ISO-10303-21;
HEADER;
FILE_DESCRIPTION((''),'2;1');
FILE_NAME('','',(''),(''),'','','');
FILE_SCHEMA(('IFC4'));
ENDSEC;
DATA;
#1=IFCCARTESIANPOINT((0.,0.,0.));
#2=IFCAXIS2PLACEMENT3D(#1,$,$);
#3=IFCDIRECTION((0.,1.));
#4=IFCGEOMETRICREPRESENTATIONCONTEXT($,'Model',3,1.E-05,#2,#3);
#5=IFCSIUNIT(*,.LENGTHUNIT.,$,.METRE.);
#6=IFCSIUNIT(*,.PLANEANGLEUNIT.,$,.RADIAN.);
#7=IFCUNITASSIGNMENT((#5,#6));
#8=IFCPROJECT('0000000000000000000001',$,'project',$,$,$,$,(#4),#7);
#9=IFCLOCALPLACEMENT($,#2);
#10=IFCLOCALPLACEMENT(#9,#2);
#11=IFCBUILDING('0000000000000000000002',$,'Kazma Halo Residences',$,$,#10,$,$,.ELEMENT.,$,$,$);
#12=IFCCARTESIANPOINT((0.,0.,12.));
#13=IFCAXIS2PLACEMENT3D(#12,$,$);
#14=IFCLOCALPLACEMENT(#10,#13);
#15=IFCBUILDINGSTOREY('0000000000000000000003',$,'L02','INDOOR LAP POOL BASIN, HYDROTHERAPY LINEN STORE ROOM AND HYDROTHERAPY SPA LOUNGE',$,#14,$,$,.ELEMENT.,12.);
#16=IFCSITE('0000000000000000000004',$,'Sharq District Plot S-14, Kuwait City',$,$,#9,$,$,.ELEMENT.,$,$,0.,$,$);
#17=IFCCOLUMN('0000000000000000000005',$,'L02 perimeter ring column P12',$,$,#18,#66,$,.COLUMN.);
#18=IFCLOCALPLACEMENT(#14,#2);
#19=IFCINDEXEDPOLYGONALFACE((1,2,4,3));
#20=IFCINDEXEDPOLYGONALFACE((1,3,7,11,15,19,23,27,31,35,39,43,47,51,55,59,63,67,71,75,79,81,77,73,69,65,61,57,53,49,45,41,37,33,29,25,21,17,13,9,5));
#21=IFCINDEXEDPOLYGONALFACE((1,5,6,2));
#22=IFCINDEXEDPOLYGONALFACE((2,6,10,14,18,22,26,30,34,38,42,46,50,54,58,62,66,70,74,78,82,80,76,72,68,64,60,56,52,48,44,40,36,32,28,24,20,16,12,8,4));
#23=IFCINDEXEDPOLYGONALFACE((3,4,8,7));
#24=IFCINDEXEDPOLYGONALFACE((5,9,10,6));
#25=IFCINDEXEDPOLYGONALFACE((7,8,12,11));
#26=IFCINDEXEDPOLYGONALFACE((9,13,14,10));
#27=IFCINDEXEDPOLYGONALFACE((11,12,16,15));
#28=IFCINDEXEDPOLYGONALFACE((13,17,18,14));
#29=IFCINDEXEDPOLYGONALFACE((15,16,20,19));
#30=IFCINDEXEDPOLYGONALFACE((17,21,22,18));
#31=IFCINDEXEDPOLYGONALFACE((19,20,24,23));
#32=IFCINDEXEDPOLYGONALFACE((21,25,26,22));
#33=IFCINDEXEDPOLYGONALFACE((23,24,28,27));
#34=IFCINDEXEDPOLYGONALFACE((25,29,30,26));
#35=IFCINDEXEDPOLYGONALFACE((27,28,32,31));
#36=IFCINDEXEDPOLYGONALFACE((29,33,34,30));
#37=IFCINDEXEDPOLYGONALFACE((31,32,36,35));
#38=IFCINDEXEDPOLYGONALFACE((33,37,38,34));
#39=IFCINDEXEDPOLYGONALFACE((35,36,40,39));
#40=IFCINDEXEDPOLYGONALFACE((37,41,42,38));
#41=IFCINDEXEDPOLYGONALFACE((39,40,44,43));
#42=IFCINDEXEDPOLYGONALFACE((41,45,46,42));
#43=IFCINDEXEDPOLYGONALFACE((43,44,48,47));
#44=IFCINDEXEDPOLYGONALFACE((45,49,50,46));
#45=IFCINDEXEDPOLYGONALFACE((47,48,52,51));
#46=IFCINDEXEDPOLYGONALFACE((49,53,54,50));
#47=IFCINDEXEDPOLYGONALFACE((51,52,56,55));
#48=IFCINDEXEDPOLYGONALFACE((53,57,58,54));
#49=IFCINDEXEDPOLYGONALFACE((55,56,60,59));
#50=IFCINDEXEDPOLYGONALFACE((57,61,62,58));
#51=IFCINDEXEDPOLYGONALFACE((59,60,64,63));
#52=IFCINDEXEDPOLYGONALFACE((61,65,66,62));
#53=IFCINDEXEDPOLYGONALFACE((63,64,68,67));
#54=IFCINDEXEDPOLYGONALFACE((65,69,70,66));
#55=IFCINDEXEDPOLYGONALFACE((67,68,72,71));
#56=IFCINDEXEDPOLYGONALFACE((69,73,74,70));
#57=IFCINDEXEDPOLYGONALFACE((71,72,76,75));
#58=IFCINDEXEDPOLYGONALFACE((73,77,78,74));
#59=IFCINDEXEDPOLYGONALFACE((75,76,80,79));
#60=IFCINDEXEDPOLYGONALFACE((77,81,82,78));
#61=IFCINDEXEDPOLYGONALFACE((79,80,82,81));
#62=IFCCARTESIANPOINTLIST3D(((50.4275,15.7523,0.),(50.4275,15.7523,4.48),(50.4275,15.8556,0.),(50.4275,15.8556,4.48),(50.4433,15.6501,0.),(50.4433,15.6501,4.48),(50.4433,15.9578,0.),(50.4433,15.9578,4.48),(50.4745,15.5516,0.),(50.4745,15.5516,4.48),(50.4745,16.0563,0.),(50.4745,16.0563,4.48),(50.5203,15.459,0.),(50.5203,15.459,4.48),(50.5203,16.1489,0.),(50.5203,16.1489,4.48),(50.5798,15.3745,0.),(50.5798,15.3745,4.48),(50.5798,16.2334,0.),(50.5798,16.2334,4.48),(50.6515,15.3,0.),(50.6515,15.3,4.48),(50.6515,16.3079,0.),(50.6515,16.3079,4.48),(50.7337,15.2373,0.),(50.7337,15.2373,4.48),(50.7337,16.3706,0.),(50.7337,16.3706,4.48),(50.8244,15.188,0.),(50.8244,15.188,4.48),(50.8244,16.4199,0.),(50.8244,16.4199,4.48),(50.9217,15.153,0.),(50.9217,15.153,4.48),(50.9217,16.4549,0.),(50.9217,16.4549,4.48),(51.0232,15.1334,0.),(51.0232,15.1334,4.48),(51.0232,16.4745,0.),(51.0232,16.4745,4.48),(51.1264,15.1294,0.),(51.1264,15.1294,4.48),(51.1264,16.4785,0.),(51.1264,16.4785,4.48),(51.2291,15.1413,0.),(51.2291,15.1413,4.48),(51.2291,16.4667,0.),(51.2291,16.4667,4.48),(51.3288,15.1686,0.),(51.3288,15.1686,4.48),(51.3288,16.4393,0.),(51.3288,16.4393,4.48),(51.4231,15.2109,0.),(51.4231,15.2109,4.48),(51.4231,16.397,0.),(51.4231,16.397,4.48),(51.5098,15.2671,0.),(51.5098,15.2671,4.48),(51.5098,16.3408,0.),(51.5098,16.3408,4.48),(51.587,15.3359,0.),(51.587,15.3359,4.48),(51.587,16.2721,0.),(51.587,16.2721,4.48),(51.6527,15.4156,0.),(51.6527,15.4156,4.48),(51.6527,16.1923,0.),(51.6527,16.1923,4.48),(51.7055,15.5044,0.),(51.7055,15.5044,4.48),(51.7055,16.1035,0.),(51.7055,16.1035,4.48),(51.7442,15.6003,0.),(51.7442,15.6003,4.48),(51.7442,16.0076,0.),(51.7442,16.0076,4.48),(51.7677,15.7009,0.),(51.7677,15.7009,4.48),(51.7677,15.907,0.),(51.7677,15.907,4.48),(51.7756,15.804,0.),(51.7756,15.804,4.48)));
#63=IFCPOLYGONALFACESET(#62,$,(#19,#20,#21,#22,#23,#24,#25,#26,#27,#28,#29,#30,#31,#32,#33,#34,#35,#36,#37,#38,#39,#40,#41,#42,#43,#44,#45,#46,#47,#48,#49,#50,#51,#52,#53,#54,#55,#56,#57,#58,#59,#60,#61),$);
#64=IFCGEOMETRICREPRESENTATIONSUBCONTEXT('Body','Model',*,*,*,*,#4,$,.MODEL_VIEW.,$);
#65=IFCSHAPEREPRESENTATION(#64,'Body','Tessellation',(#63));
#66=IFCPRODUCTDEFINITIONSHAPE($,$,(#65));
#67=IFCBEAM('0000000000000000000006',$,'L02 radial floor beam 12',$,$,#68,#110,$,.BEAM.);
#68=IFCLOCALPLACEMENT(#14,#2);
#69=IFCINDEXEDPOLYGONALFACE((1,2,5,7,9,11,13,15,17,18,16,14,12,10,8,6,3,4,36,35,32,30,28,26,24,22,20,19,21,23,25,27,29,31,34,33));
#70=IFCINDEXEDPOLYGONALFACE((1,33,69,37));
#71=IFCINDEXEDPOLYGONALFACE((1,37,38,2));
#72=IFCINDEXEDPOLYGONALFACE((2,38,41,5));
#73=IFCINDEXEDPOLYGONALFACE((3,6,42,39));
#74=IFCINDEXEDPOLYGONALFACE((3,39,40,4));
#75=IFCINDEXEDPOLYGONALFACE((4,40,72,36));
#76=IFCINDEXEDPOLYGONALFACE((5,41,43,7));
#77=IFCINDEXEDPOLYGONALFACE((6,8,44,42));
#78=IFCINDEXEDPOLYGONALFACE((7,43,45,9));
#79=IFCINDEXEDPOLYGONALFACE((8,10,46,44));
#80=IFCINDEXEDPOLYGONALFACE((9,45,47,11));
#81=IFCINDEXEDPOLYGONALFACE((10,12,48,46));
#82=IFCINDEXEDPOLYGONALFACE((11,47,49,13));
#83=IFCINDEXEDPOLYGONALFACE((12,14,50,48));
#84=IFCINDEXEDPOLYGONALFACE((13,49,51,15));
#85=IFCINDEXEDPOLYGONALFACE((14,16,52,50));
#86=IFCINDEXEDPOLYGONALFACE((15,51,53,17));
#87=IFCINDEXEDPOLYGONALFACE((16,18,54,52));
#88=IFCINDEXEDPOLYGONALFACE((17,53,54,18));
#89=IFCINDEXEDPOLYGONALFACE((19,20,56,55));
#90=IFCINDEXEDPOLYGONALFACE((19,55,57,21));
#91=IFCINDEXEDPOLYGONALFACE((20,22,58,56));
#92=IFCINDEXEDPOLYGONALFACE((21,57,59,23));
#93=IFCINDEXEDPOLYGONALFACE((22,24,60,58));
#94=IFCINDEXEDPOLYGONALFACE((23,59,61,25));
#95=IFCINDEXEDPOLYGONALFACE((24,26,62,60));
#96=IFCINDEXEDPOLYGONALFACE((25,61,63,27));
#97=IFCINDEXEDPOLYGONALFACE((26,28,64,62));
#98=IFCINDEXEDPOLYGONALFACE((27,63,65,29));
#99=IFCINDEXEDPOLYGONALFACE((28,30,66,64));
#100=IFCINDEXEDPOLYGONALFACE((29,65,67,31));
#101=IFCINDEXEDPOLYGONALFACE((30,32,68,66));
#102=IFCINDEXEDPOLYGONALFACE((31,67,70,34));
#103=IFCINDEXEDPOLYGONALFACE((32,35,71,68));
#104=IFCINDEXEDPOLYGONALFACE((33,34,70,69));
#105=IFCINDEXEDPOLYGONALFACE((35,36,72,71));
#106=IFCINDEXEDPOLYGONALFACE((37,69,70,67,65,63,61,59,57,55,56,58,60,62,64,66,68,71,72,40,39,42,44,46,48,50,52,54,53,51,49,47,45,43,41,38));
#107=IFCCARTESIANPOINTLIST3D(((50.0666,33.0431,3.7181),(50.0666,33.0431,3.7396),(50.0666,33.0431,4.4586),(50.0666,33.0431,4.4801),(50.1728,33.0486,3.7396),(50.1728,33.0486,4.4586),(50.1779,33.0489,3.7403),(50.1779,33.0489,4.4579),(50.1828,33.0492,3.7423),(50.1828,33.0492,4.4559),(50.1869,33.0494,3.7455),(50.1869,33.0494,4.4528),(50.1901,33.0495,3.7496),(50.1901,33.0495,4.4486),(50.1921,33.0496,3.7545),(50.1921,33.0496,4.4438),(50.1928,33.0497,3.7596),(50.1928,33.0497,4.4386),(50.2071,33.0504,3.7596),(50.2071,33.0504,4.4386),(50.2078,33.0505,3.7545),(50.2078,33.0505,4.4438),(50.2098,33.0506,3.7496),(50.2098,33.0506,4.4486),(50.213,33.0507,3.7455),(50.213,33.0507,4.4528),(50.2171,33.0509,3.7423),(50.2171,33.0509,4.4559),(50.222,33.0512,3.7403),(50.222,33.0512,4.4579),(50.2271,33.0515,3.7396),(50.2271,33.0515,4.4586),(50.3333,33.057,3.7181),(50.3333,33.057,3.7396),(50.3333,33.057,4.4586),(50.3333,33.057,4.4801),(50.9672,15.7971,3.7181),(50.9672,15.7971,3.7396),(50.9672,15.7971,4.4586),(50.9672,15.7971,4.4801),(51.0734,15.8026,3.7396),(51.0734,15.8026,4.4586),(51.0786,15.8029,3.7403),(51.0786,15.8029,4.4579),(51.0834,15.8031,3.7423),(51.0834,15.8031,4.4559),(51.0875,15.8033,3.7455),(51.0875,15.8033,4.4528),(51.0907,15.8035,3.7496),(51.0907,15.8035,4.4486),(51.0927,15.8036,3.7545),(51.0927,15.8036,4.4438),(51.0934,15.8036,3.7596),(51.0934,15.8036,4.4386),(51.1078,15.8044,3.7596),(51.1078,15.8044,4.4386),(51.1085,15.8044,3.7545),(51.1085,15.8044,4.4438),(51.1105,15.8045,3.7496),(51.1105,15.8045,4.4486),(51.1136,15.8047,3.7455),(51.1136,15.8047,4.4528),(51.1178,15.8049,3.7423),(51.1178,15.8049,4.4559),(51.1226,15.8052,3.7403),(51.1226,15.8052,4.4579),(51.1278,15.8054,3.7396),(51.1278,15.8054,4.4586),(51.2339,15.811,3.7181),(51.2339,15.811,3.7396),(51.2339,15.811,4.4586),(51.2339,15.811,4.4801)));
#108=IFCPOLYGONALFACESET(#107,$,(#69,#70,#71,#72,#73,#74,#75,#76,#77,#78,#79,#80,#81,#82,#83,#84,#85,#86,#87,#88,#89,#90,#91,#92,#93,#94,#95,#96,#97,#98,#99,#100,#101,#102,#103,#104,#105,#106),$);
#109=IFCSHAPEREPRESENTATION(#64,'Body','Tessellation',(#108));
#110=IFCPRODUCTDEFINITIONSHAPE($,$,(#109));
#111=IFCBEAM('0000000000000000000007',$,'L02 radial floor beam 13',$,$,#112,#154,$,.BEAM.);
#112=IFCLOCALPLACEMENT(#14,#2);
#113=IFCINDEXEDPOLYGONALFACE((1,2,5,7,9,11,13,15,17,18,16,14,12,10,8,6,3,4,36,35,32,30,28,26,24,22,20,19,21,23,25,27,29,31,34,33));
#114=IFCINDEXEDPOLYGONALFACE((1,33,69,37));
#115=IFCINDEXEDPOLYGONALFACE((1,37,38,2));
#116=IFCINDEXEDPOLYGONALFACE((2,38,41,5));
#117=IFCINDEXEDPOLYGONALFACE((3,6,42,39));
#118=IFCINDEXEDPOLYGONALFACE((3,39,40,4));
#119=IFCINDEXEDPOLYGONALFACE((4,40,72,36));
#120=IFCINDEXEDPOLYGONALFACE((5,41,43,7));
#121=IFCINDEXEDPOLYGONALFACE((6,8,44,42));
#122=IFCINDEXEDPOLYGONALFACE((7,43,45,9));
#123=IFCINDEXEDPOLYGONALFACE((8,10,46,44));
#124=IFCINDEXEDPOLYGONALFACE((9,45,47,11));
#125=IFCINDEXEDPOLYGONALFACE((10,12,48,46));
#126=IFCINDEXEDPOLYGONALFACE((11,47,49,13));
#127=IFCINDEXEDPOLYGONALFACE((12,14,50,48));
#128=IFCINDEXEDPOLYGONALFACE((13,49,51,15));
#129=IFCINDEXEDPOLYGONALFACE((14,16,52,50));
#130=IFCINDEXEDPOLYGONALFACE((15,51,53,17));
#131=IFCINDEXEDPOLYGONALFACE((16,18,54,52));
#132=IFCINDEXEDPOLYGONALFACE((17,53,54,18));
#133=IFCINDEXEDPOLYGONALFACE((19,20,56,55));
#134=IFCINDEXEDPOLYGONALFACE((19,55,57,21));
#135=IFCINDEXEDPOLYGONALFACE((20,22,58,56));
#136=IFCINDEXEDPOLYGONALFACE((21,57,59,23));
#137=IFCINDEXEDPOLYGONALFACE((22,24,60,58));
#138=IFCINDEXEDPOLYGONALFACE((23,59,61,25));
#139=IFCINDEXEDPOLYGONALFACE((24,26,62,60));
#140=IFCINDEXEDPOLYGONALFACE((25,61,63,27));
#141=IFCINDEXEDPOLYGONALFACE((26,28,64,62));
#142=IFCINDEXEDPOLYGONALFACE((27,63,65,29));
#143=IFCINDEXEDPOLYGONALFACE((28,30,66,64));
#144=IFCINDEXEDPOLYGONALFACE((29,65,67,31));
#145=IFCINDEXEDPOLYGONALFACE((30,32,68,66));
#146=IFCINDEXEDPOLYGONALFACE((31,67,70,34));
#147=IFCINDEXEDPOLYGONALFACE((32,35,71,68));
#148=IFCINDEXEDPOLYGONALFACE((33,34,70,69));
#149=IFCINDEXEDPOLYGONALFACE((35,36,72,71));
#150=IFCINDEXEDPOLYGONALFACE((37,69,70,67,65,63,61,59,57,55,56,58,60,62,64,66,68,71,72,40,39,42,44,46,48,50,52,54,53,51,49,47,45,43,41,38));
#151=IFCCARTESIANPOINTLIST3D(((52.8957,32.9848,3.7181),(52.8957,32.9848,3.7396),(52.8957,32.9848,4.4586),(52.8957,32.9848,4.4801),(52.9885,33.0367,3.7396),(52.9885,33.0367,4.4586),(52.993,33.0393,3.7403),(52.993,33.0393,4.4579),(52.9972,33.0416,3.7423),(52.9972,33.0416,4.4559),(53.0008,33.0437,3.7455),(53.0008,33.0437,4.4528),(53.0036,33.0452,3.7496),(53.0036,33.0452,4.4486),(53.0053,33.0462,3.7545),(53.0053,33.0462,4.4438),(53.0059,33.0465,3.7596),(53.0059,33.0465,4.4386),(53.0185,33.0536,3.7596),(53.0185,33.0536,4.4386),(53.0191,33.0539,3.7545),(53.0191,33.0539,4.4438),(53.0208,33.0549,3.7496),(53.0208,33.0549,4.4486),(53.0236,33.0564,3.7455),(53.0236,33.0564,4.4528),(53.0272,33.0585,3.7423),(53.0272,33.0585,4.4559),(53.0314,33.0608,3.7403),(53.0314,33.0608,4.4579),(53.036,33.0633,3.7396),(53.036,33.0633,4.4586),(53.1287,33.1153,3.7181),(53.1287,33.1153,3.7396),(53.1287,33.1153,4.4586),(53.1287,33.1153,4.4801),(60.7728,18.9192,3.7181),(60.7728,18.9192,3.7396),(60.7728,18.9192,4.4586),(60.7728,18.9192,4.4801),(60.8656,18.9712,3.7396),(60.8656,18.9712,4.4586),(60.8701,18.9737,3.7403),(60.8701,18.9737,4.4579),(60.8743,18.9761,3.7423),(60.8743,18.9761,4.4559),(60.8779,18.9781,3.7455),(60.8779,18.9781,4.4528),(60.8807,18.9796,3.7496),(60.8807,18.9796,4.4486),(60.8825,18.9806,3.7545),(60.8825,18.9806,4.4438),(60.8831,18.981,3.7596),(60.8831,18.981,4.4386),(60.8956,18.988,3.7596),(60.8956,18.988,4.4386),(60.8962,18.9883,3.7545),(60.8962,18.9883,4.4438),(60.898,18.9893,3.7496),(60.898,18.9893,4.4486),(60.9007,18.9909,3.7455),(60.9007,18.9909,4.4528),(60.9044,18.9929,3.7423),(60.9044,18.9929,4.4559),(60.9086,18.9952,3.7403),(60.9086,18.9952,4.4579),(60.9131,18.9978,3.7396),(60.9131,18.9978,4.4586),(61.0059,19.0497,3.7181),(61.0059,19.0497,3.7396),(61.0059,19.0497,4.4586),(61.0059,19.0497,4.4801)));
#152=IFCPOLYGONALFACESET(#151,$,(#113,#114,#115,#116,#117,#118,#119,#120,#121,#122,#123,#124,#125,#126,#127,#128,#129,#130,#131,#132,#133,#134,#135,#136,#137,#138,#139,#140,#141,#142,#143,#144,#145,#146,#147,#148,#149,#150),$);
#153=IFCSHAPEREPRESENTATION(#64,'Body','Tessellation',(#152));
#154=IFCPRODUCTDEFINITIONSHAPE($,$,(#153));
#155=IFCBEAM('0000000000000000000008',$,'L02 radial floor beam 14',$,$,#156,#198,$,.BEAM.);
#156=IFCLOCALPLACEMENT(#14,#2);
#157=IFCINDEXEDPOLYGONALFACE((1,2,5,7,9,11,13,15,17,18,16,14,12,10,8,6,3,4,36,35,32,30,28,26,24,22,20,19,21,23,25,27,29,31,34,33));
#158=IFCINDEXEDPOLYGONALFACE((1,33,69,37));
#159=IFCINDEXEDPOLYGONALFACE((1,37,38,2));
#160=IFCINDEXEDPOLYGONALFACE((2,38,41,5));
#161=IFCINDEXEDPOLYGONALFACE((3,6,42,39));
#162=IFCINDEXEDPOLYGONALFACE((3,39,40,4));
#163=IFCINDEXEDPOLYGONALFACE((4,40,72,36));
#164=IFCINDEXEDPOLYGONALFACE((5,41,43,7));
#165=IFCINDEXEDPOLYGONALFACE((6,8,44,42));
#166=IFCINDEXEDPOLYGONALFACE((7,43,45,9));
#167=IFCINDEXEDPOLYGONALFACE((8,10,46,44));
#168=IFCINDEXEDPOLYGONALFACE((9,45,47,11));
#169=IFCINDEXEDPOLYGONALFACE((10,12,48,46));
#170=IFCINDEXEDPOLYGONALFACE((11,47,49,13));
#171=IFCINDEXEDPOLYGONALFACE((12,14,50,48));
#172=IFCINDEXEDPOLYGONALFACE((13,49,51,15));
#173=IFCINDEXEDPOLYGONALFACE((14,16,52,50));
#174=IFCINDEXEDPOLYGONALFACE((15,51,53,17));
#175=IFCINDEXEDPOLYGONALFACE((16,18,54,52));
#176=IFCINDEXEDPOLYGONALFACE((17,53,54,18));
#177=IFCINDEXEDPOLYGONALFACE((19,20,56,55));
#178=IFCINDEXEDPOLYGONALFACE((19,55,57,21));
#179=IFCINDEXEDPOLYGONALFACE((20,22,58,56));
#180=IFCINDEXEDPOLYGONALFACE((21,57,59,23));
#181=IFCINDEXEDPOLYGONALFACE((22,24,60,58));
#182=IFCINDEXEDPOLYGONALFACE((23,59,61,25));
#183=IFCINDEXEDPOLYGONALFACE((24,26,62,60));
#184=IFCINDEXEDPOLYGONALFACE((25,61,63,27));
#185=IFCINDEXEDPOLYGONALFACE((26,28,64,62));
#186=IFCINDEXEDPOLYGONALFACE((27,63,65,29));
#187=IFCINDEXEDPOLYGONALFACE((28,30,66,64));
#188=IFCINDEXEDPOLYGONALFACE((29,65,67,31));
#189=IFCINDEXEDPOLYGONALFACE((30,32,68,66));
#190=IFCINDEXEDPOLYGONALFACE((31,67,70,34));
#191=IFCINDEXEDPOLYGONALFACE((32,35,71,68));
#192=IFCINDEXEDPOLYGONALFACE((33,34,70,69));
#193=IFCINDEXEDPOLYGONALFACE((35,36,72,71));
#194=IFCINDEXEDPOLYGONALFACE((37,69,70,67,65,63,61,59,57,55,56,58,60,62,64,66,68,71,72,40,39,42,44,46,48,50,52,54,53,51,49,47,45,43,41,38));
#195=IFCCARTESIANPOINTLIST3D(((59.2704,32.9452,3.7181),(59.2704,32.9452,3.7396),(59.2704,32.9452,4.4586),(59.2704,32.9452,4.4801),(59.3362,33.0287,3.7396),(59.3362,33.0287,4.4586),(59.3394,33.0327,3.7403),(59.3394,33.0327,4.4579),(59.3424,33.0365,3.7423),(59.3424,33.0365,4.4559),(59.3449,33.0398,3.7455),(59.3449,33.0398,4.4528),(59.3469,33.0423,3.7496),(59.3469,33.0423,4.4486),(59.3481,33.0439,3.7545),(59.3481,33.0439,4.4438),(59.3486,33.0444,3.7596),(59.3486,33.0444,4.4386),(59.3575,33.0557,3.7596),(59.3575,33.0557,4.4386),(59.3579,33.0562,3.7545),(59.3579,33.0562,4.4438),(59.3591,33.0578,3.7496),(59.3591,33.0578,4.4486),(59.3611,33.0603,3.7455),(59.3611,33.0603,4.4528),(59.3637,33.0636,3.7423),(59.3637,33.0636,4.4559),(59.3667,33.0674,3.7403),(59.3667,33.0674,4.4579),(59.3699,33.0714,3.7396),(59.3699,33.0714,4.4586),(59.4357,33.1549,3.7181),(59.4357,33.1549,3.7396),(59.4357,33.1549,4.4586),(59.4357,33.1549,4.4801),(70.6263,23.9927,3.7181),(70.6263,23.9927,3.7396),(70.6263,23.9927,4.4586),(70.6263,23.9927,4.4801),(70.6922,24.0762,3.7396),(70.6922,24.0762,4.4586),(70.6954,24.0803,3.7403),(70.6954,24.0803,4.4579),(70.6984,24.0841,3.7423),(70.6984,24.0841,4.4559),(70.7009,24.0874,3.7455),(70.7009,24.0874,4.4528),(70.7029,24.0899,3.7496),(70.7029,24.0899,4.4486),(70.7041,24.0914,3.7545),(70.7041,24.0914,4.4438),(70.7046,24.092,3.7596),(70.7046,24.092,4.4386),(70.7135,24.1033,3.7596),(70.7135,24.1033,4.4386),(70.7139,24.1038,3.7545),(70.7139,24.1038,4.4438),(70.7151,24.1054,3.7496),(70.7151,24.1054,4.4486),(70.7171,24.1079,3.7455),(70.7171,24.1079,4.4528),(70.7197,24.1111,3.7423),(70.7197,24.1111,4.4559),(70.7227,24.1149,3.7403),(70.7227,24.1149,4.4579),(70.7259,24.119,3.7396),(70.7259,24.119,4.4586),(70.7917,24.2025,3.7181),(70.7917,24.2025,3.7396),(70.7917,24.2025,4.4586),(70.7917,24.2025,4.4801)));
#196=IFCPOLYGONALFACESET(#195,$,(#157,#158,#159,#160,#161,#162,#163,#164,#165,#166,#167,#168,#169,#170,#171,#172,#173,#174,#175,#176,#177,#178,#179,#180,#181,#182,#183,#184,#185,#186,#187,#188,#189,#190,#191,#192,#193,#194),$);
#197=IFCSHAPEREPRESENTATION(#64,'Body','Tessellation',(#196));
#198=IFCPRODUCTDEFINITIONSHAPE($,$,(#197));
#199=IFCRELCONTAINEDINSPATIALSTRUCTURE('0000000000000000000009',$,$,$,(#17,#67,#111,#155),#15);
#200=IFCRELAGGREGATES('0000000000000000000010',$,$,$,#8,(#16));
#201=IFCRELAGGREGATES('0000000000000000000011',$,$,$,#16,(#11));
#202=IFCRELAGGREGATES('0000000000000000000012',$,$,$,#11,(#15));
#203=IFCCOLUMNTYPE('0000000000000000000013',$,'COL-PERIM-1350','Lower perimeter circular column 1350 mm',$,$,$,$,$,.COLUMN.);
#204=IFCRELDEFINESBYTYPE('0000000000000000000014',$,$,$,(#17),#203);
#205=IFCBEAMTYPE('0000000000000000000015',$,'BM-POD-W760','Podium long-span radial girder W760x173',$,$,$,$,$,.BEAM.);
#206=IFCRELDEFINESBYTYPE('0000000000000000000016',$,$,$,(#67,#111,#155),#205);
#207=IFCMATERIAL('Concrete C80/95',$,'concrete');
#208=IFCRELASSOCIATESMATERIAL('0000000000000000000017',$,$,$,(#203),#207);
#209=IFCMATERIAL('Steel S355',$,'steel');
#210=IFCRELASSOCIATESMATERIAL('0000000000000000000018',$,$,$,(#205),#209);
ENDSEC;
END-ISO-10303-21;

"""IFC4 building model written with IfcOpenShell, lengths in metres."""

from ifc_helpers import new_model, si_unit, direction, frame, origin, origin_2d, place, context, subcontext, project, spatial, circle, i_section, extrude, material, material_profile, profile_set, type_object, element, save


model = new_model("IFC4")

# Units and contexts
model_context = context("Model", 3, precision=1e-05, world=origin(), true_north=direction((0.0, 1.0)))
body_context = subcontext(model_context, "Body", "Model", "MODEL_VIEW")
ifc_project = project(units=[si_unit("LENGTHUNIT", "METRE"), si_unit("PLANEANGLEUNIT", "RADIAN")], contexts=[model_context])

# Site, building, storey
site_placement = place(None, origin())
site = spatial("IfcSite", under=ifc_project, at=site_placement, Name="Sharq District Plot S-14, Kuwait City", CompositionType="ELEMENT", RefElevation=0.0)
building_placement = place(site_placement, origin())
building = spatial("IfcBuilding", under=site, at=building_placement, Name="Kazma Halo Residences", CompositionType="ELEMENT")
storey_placement = place(building_placement, frame((0.0, 0.0, 12.0)))
storey = spatial("IfcBuildingStorey", under=building, at=storey_placement, Name="L02", Description="INDOOR LAP POOL BASIN, HYDROTHERAPY LINEN STORE ROOM AND HYDROTHERAPY SPA LOUNGE", CompositionType="ELEMENT", Elevation=12.0)

# Column
ifc_material_1 = material(Name="Concrete C80/95", Category="concrete")
ifc_material_profile_1 = material_profile(ifc_material_1, circle(Radius=0.675, at=origin_2d()), Name="CIRC1350")
ifc_profile_set_1 = profile_set([ifc_material_profile_1], Name="Concrete C80/95")
column_type = type_object("IfcColumnType", Name="COL-PERIM-1350", Description="Lower perimeter circular column 1350 mm", PredefinedType="COLUMN", material=ifc_profile_set_1)
column_placement = place(storey_placement, frame((51.1006, 15.804, 0.0), z_axis=(0.0, 0.0, 1.0), x_axis=(1.0, 0.0, 0.0)))
element("IfcColumn", 1, at=column_placement, inside=storey, type_object=column_type, Name="L02 perimeter ring column P12", PredefinedType="COLUMN", context=body_context, shape_type="SweptSolid", body=[
    extrude(circle(Radius=0.675, at=origin_2d()), origin(), (0.0, 0.0, 1.0), 4.48),
])

# Beams
ifc_material_2 = material(Name="Steel S355", Category="steel")
ifc_material_profile_2 = material_profile(ifc_material_2, i_section(OverallWidth=0.2671, OverallDepth=0.762, WebThickness=0.0144, FlangeThickness=0.0215, FilletRadius=0.02, at=origin_2d()), Name="W760x173")
ifc_profile_set_2 = profile_set([ifc_material_profile_2], Name="Steel S355")
beam_type_1 = type_object("IfcBeamType", Name="BM-POD-W760", Description="Podium long-span radial girder W760x173", PredefinedType="BEAM", material=ifc_profile_set_2)
beam_1_placement = place(storey_placement, frame((50.2, 33.05, 4.0991), z_axis=(0.052151, -0.998639, 0.0), x_axis=(0.998639, 0.052151, 0.0)))
element("IfcBeam", 2, at=beam_1_placement, inside=storey, type_object=beam_type_1, Name="L02 radial floor beam 12", PredefinedType="BEAM", context=body_context, shape_type="SweptSolid", body=[
    extrude(i_section(OverallWidth=0.2671, OverallDepth=0.762, WebThickness=0.0144, FlangeThickness=0.0215, FilletRadius=0.02, at=origin_2d()), origin(), (0.0, 0.0, 1.0), 17.2695),
])
beam_2_placement = place(storey_placement, frame((53.0122, 33.05, 4.0991), z_axis=(0.488623, -0.872495, 0.0), x_axis=(0.872495, 0.488623, 0.0)))
element("IfcBeam", 3, at=beam_2_placement, inside=storey, type_object=beam_type_1, Name="L02 radial floor beam 13", PredefinedType="BEAM", context=body_context, shape_type="SweptSolid", body=[
    extrude(i_section(OverallWidth=0.2671, OverallDepth=0.762, WebThickness=0.0144, FlangeThickness=0.0215, FilletRadius=0.02, at=origin_2d()), origin(), (0.0, 0.0, 1.0), 16.1211),
])
beam_3_placement = place(storey_placement, frame((59.353, 33.05, 4.0991), z_axis=(0.785314, -0.619097, 0.0), x_axis=(0.619097, 0.785314, 0.0)))
element("IfcBeam", 4, at=beam_3_placement, inside=storey, type_object=beam_type_1, Name="L02 radial floor beam 14", PredefinedType="BEAM", context=body_context, shape_type="SweptSolid", body=[
    extrude(i_section(OverallWidth=0.2671, OverallDepth=0.762, WebThickness=0.0144, FlangeThickness=0.0215, FilletRadius=0.02, at=origin_2d()), origin(), (0.0, 0.0, 1.0), 14.4604),
])

save(model, "model.ifc")
